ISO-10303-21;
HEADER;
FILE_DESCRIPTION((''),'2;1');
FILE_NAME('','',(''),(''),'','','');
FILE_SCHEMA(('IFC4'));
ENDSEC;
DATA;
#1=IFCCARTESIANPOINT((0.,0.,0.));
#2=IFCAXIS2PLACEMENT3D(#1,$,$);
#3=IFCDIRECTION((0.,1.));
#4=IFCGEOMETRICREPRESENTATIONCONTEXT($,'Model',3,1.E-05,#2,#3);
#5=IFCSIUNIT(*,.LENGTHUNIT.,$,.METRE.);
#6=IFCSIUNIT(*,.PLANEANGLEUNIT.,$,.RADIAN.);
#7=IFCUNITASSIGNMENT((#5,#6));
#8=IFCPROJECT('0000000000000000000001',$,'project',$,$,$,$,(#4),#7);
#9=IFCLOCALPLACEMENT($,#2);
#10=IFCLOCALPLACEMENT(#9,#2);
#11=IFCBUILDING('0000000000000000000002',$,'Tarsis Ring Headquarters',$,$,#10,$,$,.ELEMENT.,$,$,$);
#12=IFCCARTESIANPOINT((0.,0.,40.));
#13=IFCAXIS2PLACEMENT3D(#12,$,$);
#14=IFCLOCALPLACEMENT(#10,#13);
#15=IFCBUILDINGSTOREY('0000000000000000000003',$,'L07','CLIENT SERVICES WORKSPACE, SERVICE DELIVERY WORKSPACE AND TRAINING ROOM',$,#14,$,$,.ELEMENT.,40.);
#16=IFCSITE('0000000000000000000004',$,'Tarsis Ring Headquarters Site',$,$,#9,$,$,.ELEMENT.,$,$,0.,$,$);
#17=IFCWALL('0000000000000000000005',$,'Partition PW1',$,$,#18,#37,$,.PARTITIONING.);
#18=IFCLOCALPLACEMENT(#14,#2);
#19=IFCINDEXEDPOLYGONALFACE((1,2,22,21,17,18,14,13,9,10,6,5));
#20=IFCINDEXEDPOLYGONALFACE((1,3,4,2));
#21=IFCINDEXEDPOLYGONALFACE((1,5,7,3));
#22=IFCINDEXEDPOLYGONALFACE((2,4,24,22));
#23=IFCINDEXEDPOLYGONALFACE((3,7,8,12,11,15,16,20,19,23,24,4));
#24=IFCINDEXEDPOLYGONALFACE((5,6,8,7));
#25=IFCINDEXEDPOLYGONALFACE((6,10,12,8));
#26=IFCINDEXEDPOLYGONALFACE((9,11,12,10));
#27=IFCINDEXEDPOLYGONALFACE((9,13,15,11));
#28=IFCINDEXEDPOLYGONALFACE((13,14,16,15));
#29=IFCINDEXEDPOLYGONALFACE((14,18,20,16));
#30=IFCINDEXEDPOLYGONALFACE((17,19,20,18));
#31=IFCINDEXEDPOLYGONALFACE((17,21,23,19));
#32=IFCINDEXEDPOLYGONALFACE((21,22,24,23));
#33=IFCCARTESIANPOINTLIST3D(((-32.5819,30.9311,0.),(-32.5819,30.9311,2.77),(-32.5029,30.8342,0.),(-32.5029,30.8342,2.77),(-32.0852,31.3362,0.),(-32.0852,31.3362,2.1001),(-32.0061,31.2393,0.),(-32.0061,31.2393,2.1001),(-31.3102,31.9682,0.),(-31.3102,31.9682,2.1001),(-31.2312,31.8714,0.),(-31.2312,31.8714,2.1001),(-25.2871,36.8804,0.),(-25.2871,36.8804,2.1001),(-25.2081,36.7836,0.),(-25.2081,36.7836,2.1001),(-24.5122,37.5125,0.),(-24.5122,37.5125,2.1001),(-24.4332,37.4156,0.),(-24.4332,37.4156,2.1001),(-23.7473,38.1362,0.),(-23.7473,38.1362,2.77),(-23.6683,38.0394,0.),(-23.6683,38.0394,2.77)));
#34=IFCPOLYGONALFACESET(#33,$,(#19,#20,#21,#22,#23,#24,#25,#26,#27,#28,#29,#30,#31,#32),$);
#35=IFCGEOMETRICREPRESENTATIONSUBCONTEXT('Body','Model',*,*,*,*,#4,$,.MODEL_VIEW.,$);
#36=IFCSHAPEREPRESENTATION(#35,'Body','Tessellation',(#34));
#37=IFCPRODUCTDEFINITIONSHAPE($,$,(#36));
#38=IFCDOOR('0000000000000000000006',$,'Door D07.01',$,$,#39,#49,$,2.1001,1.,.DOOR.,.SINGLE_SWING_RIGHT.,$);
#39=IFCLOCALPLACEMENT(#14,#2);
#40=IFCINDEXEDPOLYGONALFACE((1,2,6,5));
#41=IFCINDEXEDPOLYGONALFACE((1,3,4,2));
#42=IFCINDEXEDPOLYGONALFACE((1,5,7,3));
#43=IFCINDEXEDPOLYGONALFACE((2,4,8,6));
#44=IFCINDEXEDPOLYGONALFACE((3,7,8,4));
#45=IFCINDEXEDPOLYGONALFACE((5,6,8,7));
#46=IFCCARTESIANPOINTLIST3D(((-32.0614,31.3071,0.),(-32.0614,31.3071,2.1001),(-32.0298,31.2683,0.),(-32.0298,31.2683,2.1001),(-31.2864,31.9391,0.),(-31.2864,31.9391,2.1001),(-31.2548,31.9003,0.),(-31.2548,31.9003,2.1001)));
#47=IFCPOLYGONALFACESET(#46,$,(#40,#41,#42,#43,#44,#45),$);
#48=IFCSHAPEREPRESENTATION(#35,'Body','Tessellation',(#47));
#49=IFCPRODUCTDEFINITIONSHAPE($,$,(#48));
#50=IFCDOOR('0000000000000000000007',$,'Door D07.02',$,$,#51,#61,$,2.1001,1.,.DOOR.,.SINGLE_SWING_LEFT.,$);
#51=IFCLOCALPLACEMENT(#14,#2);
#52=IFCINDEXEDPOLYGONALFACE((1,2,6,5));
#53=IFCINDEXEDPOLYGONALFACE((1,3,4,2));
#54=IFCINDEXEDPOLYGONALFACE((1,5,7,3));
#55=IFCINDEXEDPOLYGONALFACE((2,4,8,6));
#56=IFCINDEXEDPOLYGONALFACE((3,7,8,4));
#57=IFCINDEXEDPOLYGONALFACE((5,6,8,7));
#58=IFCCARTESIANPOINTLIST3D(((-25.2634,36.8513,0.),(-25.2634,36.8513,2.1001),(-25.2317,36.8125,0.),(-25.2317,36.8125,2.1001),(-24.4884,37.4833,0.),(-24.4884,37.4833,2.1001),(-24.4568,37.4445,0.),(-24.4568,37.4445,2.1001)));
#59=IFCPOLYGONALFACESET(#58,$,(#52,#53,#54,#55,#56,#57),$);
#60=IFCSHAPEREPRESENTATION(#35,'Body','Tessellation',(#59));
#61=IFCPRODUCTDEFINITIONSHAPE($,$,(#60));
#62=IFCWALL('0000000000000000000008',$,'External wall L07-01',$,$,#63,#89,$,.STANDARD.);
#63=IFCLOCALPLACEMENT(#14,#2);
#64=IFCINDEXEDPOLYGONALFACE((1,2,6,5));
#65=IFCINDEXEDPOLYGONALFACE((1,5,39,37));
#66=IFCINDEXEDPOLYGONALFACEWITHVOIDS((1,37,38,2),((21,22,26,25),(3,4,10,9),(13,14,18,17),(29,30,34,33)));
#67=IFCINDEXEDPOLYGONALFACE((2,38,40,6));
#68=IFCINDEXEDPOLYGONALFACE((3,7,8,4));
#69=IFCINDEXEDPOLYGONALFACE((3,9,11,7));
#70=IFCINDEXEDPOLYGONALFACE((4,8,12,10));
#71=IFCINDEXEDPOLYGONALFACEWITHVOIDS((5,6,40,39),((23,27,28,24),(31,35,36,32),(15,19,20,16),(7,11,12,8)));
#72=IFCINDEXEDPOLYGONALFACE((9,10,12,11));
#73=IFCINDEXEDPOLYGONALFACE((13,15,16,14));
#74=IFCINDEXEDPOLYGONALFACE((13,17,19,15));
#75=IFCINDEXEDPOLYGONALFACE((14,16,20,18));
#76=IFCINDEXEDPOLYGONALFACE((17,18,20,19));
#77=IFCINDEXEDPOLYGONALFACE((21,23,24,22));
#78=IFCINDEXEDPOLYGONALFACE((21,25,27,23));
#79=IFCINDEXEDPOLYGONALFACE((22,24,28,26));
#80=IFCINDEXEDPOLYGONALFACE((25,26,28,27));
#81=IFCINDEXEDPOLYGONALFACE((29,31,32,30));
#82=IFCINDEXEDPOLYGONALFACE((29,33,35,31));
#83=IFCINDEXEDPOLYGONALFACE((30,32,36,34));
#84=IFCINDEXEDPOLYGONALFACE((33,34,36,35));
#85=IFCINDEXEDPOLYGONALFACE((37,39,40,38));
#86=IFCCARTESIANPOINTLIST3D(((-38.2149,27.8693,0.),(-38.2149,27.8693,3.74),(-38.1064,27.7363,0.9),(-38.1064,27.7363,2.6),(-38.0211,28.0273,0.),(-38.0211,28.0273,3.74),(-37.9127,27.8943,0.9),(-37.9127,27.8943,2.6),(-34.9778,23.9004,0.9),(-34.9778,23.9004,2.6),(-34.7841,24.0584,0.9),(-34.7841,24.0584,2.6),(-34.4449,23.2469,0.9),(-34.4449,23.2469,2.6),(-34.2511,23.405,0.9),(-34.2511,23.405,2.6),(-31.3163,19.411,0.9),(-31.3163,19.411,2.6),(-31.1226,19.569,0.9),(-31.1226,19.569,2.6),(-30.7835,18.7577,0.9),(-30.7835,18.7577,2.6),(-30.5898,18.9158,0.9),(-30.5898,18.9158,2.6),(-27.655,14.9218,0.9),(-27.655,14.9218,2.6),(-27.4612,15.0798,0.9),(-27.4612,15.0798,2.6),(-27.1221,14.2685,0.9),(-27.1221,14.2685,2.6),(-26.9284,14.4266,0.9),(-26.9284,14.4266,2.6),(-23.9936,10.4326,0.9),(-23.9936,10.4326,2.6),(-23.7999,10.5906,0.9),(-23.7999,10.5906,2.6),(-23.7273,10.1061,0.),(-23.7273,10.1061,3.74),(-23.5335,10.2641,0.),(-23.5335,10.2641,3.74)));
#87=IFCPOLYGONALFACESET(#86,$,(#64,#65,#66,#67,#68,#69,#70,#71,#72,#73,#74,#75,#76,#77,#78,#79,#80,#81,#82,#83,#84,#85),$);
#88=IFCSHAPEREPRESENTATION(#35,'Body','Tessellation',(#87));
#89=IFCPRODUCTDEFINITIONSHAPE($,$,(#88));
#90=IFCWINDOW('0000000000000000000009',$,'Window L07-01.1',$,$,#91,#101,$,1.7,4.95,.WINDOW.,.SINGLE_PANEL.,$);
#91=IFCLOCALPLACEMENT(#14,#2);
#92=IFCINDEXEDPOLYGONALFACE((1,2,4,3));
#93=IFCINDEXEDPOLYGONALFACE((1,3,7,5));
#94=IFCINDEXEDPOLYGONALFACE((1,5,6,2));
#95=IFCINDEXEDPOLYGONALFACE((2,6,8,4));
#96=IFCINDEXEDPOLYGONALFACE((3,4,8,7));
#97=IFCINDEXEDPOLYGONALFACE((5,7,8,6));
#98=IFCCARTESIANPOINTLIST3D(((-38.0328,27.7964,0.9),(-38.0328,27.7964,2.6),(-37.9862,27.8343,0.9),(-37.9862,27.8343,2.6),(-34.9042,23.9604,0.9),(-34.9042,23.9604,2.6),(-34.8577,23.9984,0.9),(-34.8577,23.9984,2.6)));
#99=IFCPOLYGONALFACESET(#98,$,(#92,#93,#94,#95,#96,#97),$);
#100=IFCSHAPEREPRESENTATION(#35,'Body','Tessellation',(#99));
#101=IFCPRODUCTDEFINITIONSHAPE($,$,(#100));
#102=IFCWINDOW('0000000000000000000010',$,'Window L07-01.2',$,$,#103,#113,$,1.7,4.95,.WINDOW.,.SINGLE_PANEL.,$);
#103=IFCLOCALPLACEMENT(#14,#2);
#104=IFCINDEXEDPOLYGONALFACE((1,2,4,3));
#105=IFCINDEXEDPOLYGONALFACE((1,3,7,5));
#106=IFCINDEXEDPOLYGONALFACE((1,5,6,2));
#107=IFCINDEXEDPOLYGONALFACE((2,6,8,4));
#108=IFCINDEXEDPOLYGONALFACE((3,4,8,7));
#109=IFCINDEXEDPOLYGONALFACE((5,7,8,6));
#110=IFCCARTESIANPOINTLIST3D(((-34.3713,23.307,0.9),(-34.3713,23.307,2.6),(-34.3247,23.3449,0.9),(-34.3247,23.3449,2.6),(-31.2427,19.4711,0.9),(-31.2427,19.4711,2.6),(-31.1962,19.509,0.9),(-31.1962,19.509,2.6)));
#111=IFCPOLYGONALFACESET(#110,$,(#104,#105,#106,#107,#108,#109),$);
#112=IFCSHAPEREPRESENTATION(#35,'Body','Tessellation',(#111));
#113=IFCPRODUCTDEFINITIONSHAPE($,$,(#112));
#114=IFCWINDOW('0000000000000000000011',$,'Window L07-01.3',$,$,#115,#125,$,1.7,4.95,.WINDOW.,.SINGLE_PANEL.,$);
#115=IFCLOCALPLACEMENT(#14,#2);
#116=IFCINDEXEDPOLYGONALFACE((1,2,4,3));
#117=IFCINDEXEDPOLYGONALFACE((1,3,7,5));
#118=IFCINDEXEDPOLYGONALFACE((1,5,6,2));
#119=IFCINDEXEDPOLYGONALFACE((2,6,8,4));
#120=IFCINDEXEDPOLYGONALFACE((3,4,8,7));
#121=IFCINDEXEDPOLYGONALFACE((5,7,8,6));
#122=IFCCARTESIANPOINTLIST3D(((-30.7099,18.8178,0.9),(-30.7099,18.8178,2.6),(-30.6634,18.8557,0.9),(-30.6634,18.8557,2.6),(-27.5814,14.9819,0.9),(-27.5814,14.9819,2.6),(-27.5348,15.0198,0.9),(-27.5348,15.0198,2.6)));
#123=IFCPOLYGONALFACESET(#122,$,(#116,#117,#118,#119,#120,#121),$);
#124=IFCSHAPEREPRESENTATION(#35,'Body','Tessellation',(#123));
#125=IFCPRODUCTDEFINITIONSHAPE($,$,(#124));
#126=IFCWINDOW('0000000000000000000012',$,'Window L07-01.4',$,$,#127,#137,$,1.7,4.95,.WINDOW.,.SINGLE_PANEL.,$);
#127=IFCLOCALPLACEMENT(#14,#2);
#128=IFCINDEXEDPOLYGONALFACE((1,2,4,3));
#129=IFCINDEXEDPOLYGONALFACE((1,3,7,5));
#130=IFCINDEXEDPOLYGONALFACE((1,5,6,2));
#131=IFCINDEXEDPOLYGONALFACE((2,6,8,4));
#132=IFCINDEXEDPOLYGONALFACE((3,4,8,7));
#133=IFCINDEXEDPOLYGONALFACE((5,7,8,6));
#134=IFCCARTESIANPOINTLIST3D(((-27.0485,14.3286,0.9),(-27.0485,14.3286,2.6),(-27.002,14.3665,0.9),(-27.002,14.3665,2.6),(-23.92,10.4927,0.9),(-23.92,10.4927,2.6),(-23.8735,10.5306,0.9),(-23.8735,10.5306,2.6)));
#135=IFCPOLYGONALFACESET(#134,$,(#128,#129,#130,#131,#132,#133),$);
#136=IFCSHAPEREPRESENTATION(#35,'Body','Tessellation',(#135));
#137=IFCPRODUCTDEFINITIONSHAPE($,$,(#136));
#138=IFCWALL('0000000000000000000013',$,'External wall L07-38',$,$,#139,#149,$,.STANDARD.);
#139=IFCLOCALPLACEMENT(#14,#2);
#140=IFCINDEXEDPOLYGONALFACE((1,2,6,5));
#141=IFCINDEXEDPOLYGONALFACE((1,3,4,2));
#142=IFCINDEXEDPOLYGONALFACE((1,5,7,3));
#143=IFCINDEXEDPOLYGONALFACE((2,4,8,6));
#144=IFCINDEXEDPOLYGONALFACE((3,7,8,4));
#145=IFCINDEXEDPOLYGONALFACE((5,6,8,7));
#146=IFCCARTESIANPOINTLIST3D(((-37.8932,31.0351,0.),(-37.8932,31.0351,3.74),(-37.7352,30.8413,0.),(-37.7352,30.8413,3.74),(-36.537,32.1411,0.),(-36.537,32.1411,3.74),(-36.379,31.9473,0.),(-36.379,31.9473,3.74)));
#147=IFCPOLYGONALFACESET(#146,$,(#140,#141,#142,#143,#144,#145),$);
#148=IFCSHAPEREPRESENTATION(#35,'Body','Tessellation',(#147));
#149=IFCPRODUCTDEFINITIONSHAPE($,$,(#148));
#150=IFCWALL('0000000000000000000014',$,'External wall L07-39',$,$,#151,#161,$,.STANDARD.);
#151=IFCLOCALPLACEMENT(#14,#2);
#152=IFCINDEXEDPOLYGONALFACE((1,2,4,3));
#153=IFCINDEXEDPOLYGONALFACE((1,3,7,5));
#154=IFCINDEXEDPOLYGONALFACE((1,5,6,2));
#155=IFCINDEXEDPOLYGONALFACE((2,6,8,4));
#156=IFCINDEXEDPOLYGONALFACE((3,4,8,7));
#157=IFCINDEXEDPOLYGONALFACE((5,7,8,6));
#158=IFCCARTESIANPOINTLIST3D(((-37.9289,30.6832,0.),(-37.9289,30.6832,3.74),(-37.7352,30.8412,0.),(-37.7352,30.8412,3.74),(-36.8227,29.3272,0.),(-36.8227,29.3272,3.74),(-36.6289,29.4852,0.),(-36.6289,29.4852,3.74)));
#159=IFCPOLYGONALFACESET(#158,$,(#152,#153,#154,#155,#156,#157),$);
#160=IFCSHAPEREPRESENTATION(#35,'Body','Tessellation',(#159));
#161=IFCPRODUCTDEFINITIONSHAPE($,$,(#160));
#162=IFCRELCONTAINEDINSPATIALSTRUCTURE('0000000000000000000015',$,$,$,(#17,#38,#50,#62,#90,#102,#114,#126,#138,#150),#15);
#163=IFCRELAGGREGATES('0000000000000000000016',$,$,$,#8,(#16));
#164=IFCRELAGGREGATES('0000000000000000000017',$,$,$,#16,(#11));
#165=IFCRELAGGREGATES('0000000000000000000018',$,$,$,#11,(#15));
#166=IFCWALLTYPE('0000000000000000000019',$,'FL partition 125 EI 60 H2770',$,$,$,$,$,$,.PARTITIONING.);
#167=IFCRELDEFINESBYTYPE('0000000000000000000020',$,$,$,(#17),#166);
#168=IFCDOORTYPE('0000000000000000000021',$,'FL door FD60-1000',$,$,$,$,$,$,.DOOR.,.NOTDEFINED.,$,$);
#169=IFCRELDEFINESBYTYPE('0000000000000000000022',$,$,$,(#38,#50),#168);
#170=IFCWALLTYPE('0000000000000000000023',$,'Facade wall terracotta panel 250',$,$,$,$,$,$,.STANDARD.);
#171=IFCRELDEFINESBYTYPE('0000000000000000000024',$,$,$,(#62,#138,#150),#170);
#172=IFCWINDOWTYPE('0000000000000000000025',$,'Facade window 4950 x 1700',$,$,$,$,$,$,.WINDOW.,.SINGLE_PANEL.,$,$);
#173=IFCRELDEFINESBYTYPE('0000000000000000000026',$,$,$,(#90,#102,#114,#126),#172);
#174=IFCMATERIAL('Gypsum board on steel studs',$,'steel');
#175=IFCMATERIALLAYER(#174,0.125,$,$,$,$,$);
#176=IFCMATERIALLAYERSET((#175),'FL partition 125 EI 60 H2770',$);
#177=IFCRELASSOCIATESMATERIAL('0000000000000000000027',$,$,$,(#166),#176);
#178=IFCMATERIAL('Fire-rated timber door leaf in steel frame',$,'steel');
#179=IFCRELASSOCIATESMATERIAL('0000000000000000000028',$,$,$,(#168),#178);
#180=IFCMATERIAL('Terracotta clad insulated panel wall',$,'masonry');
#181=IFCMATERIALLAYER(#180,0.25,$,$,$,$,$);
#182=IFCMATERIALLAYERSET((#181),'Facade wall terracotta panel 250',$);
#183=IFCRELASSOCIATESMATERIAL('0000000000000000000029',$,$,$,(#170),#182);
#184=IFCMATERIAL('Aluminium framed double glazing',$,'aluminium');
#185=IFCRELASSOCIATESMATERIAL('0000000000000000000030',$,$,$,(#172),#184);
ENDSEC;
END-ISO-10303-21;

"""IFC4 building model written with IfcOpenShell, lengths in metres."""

from ifc_helpers import new_model, si_unit, direction, frame, frame_2d, origin, place, context, subcontext, project, spatial, rectangle, extrude, material, layer, layer_set, type_object, element, fill, save


model = new_model("IFC4")

# Units and contexts
model_context = context("Model", 3, precision=1e-05, world=origin(), true_north=direction((0.0, 1.0)))
body_context = subcontext(model_context, "Body", "Model", "MODEL_VIEW")
ifc_project = project(units=[si_unit("LENGTHUNIT", "METRE"), si_unit("PLANEANGLEUNIT", "RADIAN")], contexts=[model_context])

# Site, building, storey
site_placement = place(None, origin())
site = spatial("IfcSite", under=ifc_project, at=site_placement, Name="Tarsis Ring Headquarters Site", CompositionType="ELEMENT", RefElevation=0.0)
building_placement = place(site_placement, origin())
building = spatial("IfcBuilding", under=site, at=building_placement, Name="Tarsis Ring Headquarters", CompositionType="ELEMENT")
storey_placement = place(building_placement, frame((0.0, 0.0, 40.0)))
storey = spatial("IfcBuildingStorey", under=building, at=storey_placement, Name="L07", Description="CLIENT SERVICES WORKSPACE, SERVICE DELIVERY WORKSPACE AND TRAINING ROOM", CompositionType="ELEMENT", Elevation=40.0)

# Shared definitions
ifc_material_1 = material(Name="Gypsum board on steel studs", Category="steel")
ifc_layer_1 = layer(ifc_material_1, 0.125)
ifc_layer_set_1 = layer_set([ifc_layer_1], Name="FL partition 125 EI 60 H2770")
wall_type_1 = type_object("IfcWallType", Name="FL partition 125 EI 60 H2770", PredefinedType="PARTITIONING", material=ifc_layer_set_1)

# Wall, openings, doors
wall_1_placement = place(storey_placement, frame((-32.5425, 30.8826, 0.0), z_axis=(0.0, 0.0, 1.0), x_axis=(0.774951, 0.632022, 0.0)))
wall_1 = element("IfcWall", 1, at=wall_1_placement, inside=storey, type_object=wall_type_1, Name="Partition PW1", PredefinedType="PARTITIONING", context=body_context, shape_type="SweptSolid", body=[
    extrude(rectangle(XDim=11.4001, YDim=0.125, at=frame_2d((5.7002, 0.0))), origin(), (0.0, 0.0, 1.0), 2.77),
])
opening_1_placement = place(wall_1_placement, frame((0.6411, 0.0, 0.0)))
opening_1 = element("IfcOpeningElement", 2, at=opening_1_placement, cuts=wall_1, PredefinedType="OPENING", context=body_context, shape_type="SweptSolid", body=[
    extrude(rectangle(XDim=1.0, YDim=2.1001, at=frame_2d((0.5, 1.05))), frame((0.0, 0.0725, 0.0), z_axis=(0.0, -1.0, 0.0), x_axis=(1.0, 0.0, 0.0)), (0.0, 0.0, 1.0), 0.145),
])
opening_2_placement = place(wall_1_placement, frame((9.4133, 0.0, 0.0)))
opening_2 = element("IfcOpeningElement", 3, at=opening_2_placement, cuts=wall_1, PredefinedType="OPENING", context=body_context, shape_type="SweptSolid", body=[
    extrude(rectangle(XDim=1.0, YDim=2.1001, at=frame_2d((0.5, 1.05))), frame((0.0, 0.0725, 0.0), z_axis=(0.0, -1.0, 0.0), x_axis=(1.0, 0.0, 0.0)), (0.0, 0.0, 1.0), 0.145),
])
ifc_material_2 = material(Name="Fire-rated timber door leaf in steel frame", Category="steel")
door_type = type_object("IfcDoorType", Name="FL door FD60-1000", OperationType="NOTDEFINED", PredefinedType="DOOR", material=ifc_material_2)
door_1_placement = place(opening_1_placement, origin())
door_1 = element("IfcDoor", 4, at=door_1_placement, inside=storey, type_object=door_type, Name="Door D07.01", OperationType="SINGLE_SWING_RIGHT", OverallHeight=2.1001, OverallWidth=1.0, PredefinedType="DOOR", context=body_context, shape_type="SweptSolid", body=[
    extrude(rectangle(XDim=1.0, YDim=2.1001, at=frame_2d((0.5, 1.05))), frame((0.0, 0.0249, 0.0), z_axis=(0.0, -1.0, 0.0), x_axis=(1.0, 0.0, 0.0)), (0.0, 0.0, 1.0), 0.05),
])
fill(opening_1, door_1)
door_2_placement = place(opening_2_placement, origin())
door_2 = element("IfcDoor", 5, at=door_2_placement, inside=storey, type_object=door_type, Name="Door D07.02", OperationType="SINGLE_SWING_LEFT", OverallHeight=2.1001, OverallWidth=1.0, PredefinedType="DOOR", context=body_context, shape_type="SweptSolid", body=[
    extrude(rectangle(XDim=1.0, YDim=2.1001, at=frame_2d((0.5, 1.05))), frame((0.0, 0.0249, 0.0), z_axis=(0.0, -1.0, 0.0), x_axis=(1.0, 0.0, 0.0)), (0.0, 0.0, 1.0), 0.05),
])
fill(opening_2, door_2)

# Wall, openings, windows
ifc_material_3 = material(Name="Terracotta clad insulated panel wall", Category="masonry")
ifc_layer_2 = layer(ifc_material_3, 0.25)
ifc_layer_set_2 = layer_set([ifc_layer_2], Name="Facade wall terracotta panel 250")
wall_type_2 = type_object("IfcWallType", Name="Facade wall terracotta panel 250", PredefinedType="STANDARD", material=ifc_layer_set_2)
wall_2_placement = place(storey_placement, frame((-38.1179, 27.9482, 0.0), z_axis=(0.0, 0.0, 1.0), x_axis=(0.632036, -0.774939, 0.0)))
wall_2 = element("IfcWall", 6, at=wall_2_placement, inside=storey, type_object=wall_type_2, Name="External wall L07-01", PredefinedType="STANDARD", context=body_context, shape_type="SweptSolid", body=[
    extrude(rectangle(XDim=22.9221, YDim=0.25, at=frame_2d((11.4609, 0.0))), origin(), (0.0, 0.0, 1.0), 3.74),
])
opening_3_placement = place(wall_2_placement, frame((0.1714, 0.0, 0.8999)))
opening_3 = element("IfcOpeningElement", 7, at=opening_3_placement, cuts=wall_2, PredefinedType="OPENING", context=body_context, shape_type="SweptSolid", body=[
    extrude(rectangle(XDim=4.95, YDim=1.7, at=frame_2d((2.4751, 0.8501))), frame((0.0, 0.135, 0.0), z_axis=(0.0, -1.0, 0.0), x_axis=(1.0, 0.0, 0.0)), (0.0, 0.0, 1.0), 0.27),
])
opening_4_placement = place(wall_2_placement, frame((5.9646, 0.0, 0.8999)))
opening_4 = element("IfcOpeningElement", 8, at=opening_4_placement, cuts=wall_2, PredefinedType="OPENING", context=body_context, shape_type="SweptSolid", body=[
    extrude(rectangle(XDim=4.95, YDim=1.7, at=frame_2d((2.4751, 0.8501))), frame((0.0, 0.135, 0.0), z_axis=(0.0, -1.0, 0.0), x_axis=(1.0, 0.0, 0.0)), (0.0, 0.0, 1.0), 0.27),
])
opening_5_placement = place(wall_2_placement, frame((11.7576, 0.0, 0.8999)))
opening_5 = element("IfcOpeningElement", 9, at=opening_5_placement, cuts=wall_2, PredefinedType="OPENING", context=body_context, shape_type="SweptSolid", body=[
    extrude(rectangle(XDim=4.95, YDim=1.7, at=frame_2d((2.4751, 0.8501))), frame((0.0, 0.135, 0.0), z_axis=(0.0, -1.0, 0.0), x_axis=(1.0, 0.0, 0.0)), (0.0, 0.0, 1.0), 0.27),
])
opening_6_placement = place(wall_2_placement, frame((17.5505, 0.0, 0.8999)))
opening_6 = element("IfcOpeningElement", 10, at=opening_6_placement, cuts=wall_2, PredefinedType="OPENING", context=body_context, shape_type="SweptSolid", body=[
    extrude(rectangle(XDim=4.95, YDim=1.7, at=frame_2d((2.4751, 0.8501))), frame((0.0, 0.135, 0.0), z_axis=(0.0, -1.0, 0.0), x_axis=(1.0, 0.0, 0.0)), (0.0, 0.0, 1.0), 0.27),
])
ifc_material_4 = material(Name="Aluminium framed double glazing", Category="aluminium")
window_type = type_object("IfcWindowType", Name="Facade window 4950 x 1700", PartitioningType="SINGLE_PANEL", PredefinedType="WINDOW", material=ifc_material_4)
window_1_placement = place(opening_3_placement, origin())
window_1 = element("IfcWindow", 11, at=window_1_placement, inside=storey, type_object=window_type, Name="Window L07-01.1", OverallHeight=1.7, OverallWidth=4.95, PartitioningType="SINGLE_PANEL", PredefinedType="WINDOW", context=body_context, shape_type="SweptSolid", body=[
    extrude(rectangle(XDim=4.95, YDim=1.7, at=frame_2d((2.4751, 0.8501))), frame((0.0, 0.03, 0.0), z_axis=(0.0, -1.0, 0.0), x_axis=(1.0, 0.0, 0.0)), (0.0, 0.0, 1.0), 0.0601),
])
fill(opening_3, window_1)
window_2_placement = place(opening_4_placement, origin())
window_2 = element("IfcWindow", 12, at=window_2_placement, inside=storey, type_object=window_type, Name="Window L07-01.2", OverallHeight=1.7, OverallWidth=4.95, PartitioningType="SINGLE_PANEL", PredefinedType="WINDOW", context=body_context, shape_type="SweptSolid", body=[
    extrude(rectangle(XDim=4.95, YDim=1.7, at=frame_2d((2.4751, 0.8501))), frame((0.0, 0.03, 0.0), z_axis=(0.0, -1.0, 0.0), x_axis=(1.0, 0.0, 0.0)), (0.0, 0.0, 1.0), 0.0601),
])
fill(opening_4, window_2)
window_3_placement = place(opening_5_placement, origin())
window_3 = element("IfcWindow", 13, at=window_3_placement, inside=storey, type_object=window_type, Name="Window L07-01.3", OverallHeight=1.7, OverallWidth=4.95, PartitioningType="SINGLE_PANEL", PredefinedType="WINDOW", context=body_context, shape_type="SweptSolid", body=[
    extrude(rectangle(XDim=4.95, YDim=1.7, at=frame_2d((2.4751, 0.8501))), frame((0.0, 0.03, 0.0), z_axis=(0.0, -1.0, 0.0), x_axis=(1.0, 0.0, 0.0)), (0.0, 0.0, 1.0), 0.0601),
])
fill(opening_5, window_3)
window_4_placement = place(opening_6_placement, origin())
window_4 = element("IfcWindow", 14, at=window_4_placement, inside=storey, type_object=window_type, Name="Window L07-01.4", OverallHeight=1.7, OverallWidth=4.95, PartitioningType="SINGLE_PANEL", PredefinedType="WINDOW", context=body_context, shape_type="SweptSolid", body=[
    extrude(rectangle(XDim=4.95, YDim=1.7, at=frame_2d((2.4751, 0.8501))), frame((0.0, 0.03, 0.0), z_axis=(0.0, -1.0, 0.0), x_axis=(1.0, 0.0, 0.0)), (0.0, 0.0, 1.0), 0.0601),
])
fill(opening_6, window_4)

# Walls
for number, where, z_axis, x_axis, name in (
    (15, (-36.458, 32.0442, 0.0), (0.0, 0.0, 1.0), (-0.774982, -0.631983, 0.0), "External wall L07-38"),
    (16, (-37.832, 30.7622, 0.0), (0.0, 0.0, 1.0), (0.632136, -0.774858, 0.0), "External wall L07-39"),
):
    element("IfcWall", number, at=place(storey_placement, frame(where, z_axis=z_axis, x_axis=x_axis)), inside=storey, type_object=wall_type_2, Name=name, PredefinedType="STANDARD", context=body_context, shape_type="SweptSolid", body=[
        extrude(rectangle(XDim=1.75, YDim=0.25, at=frame_2d((0.875, 0.0))), origin(), (0.0, 0.0, 1.0), 3.74),
    ])

save(model, "model.ifc")
